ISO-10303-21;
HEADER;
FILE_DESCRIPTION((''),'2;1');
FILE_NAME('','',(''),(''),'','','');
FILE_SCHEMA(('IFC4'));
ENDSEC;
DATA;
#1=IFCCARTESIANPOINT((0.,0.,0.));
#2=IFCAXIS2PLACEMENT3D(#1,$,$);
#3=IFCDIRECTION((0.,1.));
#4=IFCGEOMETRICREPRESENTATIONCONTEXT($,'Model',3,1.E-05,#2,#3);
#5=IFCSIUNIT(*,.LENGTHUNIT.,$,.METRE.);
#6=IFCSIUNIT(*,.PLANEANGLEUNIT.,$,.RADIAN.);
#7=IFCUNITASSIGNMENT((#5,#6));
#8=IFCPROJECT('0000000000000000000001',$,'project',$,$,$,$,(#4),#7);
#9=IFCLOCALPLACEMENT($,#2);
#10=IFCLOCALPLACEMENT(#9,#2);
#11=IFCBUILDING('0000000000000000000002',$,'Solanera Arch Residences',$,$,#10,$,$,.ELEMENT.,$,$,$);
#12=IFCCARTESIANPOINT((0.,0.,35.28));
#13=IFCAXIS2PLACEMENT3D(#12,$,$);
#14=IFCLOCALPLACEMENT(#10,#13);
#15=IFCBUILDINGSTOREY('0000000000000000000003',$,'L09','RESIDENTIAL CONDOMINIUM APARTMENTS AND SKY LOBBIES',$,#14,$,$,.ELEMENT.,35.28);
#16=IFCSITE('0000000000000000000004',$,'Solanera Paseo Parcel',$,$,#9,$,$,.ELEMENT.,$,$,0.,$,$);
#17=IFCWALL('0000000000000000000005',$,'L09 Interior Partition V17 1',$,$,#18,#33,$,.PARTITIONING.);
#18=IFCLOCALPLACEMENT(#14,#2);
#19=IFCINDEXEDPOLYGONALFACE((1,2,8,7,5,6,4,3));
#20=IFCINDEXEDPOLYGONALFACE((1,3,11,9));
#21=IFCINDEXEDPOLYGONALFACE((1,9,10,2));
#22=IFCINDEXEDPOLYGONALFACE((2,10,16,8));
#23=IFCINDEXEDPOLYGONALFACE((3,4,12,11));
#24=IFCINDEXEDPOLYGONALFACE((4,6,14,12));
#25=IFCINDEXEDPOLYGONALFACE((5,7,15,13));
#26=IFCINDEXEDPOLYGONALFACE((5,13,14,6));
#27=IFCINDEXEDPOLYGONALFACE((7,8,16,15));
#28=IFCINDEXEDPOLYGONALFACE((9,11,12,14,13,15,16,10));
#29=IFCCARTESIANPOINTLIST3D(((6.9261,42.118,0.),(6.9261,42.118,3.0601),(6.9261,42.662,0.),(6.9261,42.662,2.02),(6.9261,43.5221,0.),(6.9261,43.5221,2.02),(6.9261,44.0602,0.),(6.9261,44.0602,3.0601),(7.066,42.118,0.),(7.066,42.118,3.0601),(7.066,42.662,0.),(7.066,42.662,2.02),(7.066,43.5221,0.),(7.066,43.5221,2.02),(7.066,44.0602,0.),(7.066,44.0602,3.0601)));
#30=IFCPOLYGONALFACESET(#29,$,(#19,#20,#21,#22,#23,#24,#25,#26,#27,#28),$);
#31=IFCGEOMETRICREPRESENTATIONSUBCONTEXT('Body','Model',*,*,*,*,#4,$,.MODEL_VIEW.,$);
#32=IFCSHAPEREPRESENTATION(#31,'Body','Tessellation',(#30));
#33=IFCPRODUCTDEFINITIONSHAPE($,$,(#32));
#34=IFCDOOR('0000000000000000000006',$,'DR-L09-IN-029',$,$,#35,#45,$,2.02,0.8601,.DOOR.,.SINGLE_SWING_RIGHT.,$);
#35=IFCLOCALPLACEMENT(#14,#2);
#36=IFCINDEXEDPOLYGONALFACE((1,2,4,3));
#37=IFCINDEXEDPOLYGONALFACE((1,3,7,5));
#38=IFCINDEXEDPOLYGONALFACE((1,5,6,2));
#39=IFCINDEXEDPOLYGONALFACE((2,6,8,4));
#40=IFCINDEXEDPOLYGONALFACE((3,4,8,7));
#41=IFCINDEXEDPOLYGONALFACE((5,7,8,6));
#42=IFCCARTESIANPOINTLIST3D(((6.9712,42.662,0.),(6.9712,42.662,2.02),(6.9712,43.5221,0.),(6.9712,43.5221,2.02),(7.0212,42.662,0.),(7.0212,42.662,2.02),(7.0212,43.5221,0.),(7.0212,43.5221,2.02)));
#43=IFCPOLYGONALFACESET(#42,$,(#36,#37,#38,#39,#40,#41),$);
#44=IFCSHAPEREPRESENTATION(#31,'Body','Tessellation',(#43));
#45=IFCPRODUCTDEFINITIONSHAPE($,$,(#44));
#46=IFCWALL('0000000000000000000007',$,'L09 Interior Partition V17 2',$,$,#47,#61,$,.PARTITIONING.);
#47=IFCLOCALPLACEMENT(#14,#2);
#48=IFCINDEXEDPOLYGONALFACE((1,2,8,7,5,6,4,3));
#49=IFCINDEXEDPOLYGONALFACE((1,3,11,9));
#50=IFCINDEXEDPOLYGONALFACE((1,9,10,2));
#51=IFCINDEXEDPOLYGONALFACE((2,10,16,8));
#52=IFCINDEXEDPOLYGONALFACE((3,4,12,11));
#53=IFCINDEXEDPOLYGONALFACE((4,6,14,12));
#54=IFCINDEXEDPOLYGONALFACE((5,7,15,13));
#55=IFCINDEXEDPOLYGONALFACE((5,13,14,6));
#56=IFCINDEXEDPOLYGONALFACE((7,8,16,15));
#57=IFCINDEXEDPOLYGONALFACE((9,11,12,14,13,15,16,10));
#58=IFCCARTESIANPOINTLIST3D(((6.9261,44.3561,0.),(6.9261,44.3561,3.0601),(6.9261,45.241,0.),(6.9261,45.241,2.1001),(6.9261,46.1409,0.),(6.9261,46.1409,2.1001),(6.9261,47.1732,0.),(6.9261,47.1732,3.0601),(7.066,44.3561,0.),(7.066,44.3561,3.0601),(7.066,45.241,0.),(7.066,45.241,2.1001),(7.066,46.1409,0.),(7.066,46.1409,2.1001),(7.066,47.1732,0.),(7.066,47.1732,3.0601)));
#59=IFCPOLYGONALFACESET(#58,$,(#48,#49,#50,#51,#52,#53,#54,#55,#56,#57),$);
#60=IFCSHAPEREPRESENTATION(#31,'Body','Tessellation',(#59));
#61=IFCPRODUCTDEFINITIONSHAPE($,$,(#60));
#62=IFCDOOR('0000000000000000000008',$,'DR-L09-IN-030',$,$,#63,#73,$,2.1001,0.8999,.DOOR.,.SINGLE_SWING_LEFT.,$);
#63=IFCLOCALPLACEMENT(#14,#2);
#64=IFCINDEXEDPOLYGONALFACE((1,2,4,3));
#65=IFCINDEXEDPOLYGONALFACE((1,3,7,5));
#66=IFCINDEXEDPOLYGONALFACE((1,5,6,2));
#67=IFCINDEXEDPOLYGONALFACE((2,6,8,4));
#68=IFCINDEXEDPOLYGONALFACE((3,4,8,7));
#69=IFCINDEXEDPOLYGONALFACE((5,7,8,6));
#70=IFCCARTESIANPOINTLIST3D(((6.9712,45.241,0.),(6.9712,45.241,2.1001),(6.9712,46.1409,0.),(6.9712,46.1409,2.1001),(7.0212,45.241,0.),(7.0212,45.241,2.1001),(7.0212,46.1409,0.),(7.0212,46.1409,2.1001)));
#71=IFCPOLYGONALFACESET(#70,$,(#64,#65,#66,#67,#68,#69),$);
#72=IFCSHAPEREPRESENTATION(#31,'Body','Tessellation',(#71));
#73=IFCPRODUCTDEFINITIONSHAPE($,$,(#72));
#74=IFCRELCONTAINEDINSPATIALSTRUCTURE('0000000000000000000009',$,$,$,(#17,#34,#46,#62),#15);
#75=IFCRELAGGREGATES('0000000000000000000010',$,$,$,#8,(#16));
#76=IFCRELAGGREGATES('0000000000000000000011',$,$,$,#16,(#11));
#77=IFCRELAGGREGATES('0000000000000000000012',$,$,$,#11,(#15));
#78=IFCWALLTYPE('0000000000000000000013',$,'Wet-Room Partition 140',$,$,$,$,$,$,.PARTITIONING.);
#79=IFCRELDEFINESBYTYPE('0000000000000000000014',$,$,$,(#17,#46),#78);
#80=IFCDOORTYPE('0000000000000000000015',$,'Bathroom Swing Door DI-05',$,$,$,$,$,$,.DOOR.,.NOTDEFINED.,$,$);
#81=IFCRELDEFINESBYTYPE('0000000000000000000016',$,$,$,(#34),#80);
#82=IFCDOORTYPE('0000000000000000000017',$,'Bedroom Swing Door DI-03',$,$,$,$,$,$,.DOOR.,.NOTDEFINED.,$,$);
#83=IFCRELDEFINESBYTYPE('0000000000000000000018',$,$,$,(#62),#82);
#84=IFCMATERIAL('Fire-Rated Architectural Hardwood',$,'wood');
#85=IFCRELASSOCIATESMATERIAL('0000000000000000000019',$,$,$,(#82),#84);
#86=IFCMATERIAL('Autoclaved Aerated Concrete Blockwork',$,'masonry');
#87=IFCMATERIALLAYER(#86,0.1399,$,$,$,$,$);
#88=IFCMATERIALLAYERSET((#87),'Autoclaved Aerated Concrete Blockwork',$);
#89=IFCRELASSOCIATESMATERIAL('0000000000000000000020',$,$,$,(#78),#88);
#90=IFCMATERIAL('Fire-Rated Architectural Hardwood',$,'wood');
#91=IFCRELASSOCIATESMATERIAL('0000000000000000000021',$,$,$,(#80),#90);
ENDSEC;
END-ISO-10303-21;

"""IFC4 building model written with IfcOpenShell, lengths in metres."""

from ifc_helpers import new_model, si_unit, direction, frame, frame_2d, origin, place, context, subcontext, project, spatial, rectangle, extrude, material, layer, layer_set, type_object, element, fill, save


model = new_model("IFC4")

# Units and contexts
model_context = context("Model", 3, precision=1e-05, world=origin(), true_north=direction((0.0, 1.0)))
body_context = subcontext(model_context, "Body", "Model", "MODEL_VIEW")
ifc_project = project(units=[si_unit("LENGTHUNIT", "METRE"), si_unit("PLANEANGLEUNIT", "RADIAN")], contexts=[model_context])

# Site, building, storey
site_placement = place(None, origin())
site = spatial("IfcSite", under=ifc_project, at=site_placement, Name="Solanera Paseo Parcel", CompositionType="ELEMENT", RefElevation=0.0)
building_placement = place(site_placement, origin())
building = spatial("IfcBuilding", under=site, at=building_placement, Name="Solanera Arch Residences", CompositionType="ELEMENT")
storey_placement = place(building_placement, frame((0.0, 0.0, 35.28)))
storey = spatial("IfcBuildingStorey", under=building, at=storey_placement, Name="L09", Description="RESIDENTIAL CONDOMINIUM APARTMENTS AND SKY LOBBIES", CompositionType="ELEMENT", Elevation=35.28)

# Shared definitions
ifc_material_1 = material(Name="Fire-Rated Architectural Hardwood", Category="wood")
door_type_1 = type_object("IfcDoorType", Name="Bedroom Swing Door DI-03", OperationType="NOTDEFINED", PredefinedType="DOOR", material=ifc_material_1)

# Shared definitions
ifc_material_2 = material(Name="Autoclaved Aerated Concrete Blockwork", Category="masonry")
ifc_layer_1 = layer(ifc_material_2, 0.1399)
ifc_layer_set_1 = layer_set([ifc_layer_1], Name="Autoclaved Aerated Concrete Blockwork")
wall_type_1 = type_object("IfcWallType", Name="Wet-Room Partition 140", PredefinedType="PARTITIONING", material=ifc_layer_set_1)

# Walls, openings, doors
wall_1_placement = place(storey_placement, frame((6.9961, 42.1179, 0.0), z_axis=(0.0, 0.0, 1.0), x_axis=(0.0, 1.0, 0.0)))
wall_1 = element("IfcWall", 1, at=wall_1_placement, inside=storey, type_object=wall_type_1, Name="L09 Interior Partition V17 1", PredefinedType="PARTITIONING", context=body_context, shape_type="SweptSolid", body=[
    extrude(rectangle(XDim=1.9421, YDim=0.1399, at=frame_2d((0.9712, 0.0))), origin(), (0.0, 0.0, 1.0), 3.0601),
])
opening_1_placement = place(wall_1_placement, frame((0.5439, 0.0, 0.0)))
opening_1 = element("IfcOpeningElement", 2, at=opening_1_placement, cuts=wall_1, PredefinedType="OPENING", context=body_context, shape_type="SweptSolid", body=[
    extrude(rectangle(XDim=0.8601, YDim=2.02, at=frame_2d((0.4302, 1.01))), frame((0.0, 0.0798, 0.0), z_axis=(0.0, -1.0, 0.0), x_axis=(1.0, 0.0, 0.0)), (0.0, 0.0, 1.0), 0.1599),
])
ifc_material_3 = material(Name="Fire-Rated Architectural Hardwood", Category="wood")
door_type_2 = type_object("IfcDoorType", Name="Bathroom Swing Door DI-05", OperationType="NOTDEFINED", PredefinedType="DOOR", material=ifc_material_3)
door_1_placement = place(opening_1_placement, origin())
door_1 = element("IfcDoor", 3, at=door_1_placement, inside=storey, type_object=door_type_2, Name="DR-L09-IN-029", OperationType="SINGLE_SWING_RIGHT", OverallHeight=2.02, OverallWidth=0.8601, PredefinedType="DOOR", context=body_context, shape_type="SweptSolid", body=[
    extrude(rectangle(XDim=0.8601, YDim=2.02, at=frame_2d((0.4302, 1.01))), frame((0.0, 0.0249, 0.0), z_axis=(0.0, -1.0, 0.0), x_axis=(1.0, 0.0, 0.0)), (0.0, 0.0, 1.0), 0.05),
])
fill(opening_1, door_1)
wall_2_placement = place(storey_placement, frame((6.9961, 44.356, 0.0), z_axis=(0.0, 0.0, 1.0), x_axis=(0.0, 1.0, 0.0)))
wall_2 = element("IfcWall", 4, at=wall_2_placement, inside=storey, type_object=wall_type_1, Name="L09 Interior Partition V17 2", PredefinedType="PARTITIONING", context=body_context, shape_type="SweptSolid", body=[
    extrude(rectangle(XDim=2.8171, YDim=0.1399, at=frame_2d((1.4087, 0.0))), origin(), (0.0, 0.0, 1.0), 3.0601),
])
opening_2_placement = place(wall_2_placement, frame((0.885, 0.0, 0.0)))
opening_2 = element("IfcOpeningElement", 5, at=opening_2_placement, cuts=wall_2, PredefinedType="OPENING", context=body_context, shape_type="SweptSolid", body=[
    extrude(rectangle(XDim=0.8999, YDim=2.1001, at=frame_2d((0.45, 1.05))), frame((0.0, 0.0798, 0.0), z_axis=(0.0, -1.0, 0.0), x_axis=(1.0, 0.0, 0.0)), (0.0, 0.0, 1.0), 0.1599),
])
door_2_placement = place(opening_2_placement, origin())
door_2 = element("IfcDoor", 6, at=door_2_placement, inside=storey, type_object=door_type_1, Name="DR-L09-IN-030", OperationType="SINGLE_SWING_LEFT", OverallHeight=2.1001, OverallWidth=0.8999, PredefinedType="DOOR", context=body_context, shape_type="SweptSolid", body=[
    extrude(rectangle(XDim=0.8999, YDim=2.1001, at=frame_2d((0.45, 1.05))), frame((0.0, 0.0249, 0.0), z_axis=(0.0, -1.0, 0.0), x_axis=(1.0, 0.0, 0.0)), (0.0, 0.0, 1.0), 0.05),
])
fill(opening_2, door_2)

save(model, "model.ifc")
